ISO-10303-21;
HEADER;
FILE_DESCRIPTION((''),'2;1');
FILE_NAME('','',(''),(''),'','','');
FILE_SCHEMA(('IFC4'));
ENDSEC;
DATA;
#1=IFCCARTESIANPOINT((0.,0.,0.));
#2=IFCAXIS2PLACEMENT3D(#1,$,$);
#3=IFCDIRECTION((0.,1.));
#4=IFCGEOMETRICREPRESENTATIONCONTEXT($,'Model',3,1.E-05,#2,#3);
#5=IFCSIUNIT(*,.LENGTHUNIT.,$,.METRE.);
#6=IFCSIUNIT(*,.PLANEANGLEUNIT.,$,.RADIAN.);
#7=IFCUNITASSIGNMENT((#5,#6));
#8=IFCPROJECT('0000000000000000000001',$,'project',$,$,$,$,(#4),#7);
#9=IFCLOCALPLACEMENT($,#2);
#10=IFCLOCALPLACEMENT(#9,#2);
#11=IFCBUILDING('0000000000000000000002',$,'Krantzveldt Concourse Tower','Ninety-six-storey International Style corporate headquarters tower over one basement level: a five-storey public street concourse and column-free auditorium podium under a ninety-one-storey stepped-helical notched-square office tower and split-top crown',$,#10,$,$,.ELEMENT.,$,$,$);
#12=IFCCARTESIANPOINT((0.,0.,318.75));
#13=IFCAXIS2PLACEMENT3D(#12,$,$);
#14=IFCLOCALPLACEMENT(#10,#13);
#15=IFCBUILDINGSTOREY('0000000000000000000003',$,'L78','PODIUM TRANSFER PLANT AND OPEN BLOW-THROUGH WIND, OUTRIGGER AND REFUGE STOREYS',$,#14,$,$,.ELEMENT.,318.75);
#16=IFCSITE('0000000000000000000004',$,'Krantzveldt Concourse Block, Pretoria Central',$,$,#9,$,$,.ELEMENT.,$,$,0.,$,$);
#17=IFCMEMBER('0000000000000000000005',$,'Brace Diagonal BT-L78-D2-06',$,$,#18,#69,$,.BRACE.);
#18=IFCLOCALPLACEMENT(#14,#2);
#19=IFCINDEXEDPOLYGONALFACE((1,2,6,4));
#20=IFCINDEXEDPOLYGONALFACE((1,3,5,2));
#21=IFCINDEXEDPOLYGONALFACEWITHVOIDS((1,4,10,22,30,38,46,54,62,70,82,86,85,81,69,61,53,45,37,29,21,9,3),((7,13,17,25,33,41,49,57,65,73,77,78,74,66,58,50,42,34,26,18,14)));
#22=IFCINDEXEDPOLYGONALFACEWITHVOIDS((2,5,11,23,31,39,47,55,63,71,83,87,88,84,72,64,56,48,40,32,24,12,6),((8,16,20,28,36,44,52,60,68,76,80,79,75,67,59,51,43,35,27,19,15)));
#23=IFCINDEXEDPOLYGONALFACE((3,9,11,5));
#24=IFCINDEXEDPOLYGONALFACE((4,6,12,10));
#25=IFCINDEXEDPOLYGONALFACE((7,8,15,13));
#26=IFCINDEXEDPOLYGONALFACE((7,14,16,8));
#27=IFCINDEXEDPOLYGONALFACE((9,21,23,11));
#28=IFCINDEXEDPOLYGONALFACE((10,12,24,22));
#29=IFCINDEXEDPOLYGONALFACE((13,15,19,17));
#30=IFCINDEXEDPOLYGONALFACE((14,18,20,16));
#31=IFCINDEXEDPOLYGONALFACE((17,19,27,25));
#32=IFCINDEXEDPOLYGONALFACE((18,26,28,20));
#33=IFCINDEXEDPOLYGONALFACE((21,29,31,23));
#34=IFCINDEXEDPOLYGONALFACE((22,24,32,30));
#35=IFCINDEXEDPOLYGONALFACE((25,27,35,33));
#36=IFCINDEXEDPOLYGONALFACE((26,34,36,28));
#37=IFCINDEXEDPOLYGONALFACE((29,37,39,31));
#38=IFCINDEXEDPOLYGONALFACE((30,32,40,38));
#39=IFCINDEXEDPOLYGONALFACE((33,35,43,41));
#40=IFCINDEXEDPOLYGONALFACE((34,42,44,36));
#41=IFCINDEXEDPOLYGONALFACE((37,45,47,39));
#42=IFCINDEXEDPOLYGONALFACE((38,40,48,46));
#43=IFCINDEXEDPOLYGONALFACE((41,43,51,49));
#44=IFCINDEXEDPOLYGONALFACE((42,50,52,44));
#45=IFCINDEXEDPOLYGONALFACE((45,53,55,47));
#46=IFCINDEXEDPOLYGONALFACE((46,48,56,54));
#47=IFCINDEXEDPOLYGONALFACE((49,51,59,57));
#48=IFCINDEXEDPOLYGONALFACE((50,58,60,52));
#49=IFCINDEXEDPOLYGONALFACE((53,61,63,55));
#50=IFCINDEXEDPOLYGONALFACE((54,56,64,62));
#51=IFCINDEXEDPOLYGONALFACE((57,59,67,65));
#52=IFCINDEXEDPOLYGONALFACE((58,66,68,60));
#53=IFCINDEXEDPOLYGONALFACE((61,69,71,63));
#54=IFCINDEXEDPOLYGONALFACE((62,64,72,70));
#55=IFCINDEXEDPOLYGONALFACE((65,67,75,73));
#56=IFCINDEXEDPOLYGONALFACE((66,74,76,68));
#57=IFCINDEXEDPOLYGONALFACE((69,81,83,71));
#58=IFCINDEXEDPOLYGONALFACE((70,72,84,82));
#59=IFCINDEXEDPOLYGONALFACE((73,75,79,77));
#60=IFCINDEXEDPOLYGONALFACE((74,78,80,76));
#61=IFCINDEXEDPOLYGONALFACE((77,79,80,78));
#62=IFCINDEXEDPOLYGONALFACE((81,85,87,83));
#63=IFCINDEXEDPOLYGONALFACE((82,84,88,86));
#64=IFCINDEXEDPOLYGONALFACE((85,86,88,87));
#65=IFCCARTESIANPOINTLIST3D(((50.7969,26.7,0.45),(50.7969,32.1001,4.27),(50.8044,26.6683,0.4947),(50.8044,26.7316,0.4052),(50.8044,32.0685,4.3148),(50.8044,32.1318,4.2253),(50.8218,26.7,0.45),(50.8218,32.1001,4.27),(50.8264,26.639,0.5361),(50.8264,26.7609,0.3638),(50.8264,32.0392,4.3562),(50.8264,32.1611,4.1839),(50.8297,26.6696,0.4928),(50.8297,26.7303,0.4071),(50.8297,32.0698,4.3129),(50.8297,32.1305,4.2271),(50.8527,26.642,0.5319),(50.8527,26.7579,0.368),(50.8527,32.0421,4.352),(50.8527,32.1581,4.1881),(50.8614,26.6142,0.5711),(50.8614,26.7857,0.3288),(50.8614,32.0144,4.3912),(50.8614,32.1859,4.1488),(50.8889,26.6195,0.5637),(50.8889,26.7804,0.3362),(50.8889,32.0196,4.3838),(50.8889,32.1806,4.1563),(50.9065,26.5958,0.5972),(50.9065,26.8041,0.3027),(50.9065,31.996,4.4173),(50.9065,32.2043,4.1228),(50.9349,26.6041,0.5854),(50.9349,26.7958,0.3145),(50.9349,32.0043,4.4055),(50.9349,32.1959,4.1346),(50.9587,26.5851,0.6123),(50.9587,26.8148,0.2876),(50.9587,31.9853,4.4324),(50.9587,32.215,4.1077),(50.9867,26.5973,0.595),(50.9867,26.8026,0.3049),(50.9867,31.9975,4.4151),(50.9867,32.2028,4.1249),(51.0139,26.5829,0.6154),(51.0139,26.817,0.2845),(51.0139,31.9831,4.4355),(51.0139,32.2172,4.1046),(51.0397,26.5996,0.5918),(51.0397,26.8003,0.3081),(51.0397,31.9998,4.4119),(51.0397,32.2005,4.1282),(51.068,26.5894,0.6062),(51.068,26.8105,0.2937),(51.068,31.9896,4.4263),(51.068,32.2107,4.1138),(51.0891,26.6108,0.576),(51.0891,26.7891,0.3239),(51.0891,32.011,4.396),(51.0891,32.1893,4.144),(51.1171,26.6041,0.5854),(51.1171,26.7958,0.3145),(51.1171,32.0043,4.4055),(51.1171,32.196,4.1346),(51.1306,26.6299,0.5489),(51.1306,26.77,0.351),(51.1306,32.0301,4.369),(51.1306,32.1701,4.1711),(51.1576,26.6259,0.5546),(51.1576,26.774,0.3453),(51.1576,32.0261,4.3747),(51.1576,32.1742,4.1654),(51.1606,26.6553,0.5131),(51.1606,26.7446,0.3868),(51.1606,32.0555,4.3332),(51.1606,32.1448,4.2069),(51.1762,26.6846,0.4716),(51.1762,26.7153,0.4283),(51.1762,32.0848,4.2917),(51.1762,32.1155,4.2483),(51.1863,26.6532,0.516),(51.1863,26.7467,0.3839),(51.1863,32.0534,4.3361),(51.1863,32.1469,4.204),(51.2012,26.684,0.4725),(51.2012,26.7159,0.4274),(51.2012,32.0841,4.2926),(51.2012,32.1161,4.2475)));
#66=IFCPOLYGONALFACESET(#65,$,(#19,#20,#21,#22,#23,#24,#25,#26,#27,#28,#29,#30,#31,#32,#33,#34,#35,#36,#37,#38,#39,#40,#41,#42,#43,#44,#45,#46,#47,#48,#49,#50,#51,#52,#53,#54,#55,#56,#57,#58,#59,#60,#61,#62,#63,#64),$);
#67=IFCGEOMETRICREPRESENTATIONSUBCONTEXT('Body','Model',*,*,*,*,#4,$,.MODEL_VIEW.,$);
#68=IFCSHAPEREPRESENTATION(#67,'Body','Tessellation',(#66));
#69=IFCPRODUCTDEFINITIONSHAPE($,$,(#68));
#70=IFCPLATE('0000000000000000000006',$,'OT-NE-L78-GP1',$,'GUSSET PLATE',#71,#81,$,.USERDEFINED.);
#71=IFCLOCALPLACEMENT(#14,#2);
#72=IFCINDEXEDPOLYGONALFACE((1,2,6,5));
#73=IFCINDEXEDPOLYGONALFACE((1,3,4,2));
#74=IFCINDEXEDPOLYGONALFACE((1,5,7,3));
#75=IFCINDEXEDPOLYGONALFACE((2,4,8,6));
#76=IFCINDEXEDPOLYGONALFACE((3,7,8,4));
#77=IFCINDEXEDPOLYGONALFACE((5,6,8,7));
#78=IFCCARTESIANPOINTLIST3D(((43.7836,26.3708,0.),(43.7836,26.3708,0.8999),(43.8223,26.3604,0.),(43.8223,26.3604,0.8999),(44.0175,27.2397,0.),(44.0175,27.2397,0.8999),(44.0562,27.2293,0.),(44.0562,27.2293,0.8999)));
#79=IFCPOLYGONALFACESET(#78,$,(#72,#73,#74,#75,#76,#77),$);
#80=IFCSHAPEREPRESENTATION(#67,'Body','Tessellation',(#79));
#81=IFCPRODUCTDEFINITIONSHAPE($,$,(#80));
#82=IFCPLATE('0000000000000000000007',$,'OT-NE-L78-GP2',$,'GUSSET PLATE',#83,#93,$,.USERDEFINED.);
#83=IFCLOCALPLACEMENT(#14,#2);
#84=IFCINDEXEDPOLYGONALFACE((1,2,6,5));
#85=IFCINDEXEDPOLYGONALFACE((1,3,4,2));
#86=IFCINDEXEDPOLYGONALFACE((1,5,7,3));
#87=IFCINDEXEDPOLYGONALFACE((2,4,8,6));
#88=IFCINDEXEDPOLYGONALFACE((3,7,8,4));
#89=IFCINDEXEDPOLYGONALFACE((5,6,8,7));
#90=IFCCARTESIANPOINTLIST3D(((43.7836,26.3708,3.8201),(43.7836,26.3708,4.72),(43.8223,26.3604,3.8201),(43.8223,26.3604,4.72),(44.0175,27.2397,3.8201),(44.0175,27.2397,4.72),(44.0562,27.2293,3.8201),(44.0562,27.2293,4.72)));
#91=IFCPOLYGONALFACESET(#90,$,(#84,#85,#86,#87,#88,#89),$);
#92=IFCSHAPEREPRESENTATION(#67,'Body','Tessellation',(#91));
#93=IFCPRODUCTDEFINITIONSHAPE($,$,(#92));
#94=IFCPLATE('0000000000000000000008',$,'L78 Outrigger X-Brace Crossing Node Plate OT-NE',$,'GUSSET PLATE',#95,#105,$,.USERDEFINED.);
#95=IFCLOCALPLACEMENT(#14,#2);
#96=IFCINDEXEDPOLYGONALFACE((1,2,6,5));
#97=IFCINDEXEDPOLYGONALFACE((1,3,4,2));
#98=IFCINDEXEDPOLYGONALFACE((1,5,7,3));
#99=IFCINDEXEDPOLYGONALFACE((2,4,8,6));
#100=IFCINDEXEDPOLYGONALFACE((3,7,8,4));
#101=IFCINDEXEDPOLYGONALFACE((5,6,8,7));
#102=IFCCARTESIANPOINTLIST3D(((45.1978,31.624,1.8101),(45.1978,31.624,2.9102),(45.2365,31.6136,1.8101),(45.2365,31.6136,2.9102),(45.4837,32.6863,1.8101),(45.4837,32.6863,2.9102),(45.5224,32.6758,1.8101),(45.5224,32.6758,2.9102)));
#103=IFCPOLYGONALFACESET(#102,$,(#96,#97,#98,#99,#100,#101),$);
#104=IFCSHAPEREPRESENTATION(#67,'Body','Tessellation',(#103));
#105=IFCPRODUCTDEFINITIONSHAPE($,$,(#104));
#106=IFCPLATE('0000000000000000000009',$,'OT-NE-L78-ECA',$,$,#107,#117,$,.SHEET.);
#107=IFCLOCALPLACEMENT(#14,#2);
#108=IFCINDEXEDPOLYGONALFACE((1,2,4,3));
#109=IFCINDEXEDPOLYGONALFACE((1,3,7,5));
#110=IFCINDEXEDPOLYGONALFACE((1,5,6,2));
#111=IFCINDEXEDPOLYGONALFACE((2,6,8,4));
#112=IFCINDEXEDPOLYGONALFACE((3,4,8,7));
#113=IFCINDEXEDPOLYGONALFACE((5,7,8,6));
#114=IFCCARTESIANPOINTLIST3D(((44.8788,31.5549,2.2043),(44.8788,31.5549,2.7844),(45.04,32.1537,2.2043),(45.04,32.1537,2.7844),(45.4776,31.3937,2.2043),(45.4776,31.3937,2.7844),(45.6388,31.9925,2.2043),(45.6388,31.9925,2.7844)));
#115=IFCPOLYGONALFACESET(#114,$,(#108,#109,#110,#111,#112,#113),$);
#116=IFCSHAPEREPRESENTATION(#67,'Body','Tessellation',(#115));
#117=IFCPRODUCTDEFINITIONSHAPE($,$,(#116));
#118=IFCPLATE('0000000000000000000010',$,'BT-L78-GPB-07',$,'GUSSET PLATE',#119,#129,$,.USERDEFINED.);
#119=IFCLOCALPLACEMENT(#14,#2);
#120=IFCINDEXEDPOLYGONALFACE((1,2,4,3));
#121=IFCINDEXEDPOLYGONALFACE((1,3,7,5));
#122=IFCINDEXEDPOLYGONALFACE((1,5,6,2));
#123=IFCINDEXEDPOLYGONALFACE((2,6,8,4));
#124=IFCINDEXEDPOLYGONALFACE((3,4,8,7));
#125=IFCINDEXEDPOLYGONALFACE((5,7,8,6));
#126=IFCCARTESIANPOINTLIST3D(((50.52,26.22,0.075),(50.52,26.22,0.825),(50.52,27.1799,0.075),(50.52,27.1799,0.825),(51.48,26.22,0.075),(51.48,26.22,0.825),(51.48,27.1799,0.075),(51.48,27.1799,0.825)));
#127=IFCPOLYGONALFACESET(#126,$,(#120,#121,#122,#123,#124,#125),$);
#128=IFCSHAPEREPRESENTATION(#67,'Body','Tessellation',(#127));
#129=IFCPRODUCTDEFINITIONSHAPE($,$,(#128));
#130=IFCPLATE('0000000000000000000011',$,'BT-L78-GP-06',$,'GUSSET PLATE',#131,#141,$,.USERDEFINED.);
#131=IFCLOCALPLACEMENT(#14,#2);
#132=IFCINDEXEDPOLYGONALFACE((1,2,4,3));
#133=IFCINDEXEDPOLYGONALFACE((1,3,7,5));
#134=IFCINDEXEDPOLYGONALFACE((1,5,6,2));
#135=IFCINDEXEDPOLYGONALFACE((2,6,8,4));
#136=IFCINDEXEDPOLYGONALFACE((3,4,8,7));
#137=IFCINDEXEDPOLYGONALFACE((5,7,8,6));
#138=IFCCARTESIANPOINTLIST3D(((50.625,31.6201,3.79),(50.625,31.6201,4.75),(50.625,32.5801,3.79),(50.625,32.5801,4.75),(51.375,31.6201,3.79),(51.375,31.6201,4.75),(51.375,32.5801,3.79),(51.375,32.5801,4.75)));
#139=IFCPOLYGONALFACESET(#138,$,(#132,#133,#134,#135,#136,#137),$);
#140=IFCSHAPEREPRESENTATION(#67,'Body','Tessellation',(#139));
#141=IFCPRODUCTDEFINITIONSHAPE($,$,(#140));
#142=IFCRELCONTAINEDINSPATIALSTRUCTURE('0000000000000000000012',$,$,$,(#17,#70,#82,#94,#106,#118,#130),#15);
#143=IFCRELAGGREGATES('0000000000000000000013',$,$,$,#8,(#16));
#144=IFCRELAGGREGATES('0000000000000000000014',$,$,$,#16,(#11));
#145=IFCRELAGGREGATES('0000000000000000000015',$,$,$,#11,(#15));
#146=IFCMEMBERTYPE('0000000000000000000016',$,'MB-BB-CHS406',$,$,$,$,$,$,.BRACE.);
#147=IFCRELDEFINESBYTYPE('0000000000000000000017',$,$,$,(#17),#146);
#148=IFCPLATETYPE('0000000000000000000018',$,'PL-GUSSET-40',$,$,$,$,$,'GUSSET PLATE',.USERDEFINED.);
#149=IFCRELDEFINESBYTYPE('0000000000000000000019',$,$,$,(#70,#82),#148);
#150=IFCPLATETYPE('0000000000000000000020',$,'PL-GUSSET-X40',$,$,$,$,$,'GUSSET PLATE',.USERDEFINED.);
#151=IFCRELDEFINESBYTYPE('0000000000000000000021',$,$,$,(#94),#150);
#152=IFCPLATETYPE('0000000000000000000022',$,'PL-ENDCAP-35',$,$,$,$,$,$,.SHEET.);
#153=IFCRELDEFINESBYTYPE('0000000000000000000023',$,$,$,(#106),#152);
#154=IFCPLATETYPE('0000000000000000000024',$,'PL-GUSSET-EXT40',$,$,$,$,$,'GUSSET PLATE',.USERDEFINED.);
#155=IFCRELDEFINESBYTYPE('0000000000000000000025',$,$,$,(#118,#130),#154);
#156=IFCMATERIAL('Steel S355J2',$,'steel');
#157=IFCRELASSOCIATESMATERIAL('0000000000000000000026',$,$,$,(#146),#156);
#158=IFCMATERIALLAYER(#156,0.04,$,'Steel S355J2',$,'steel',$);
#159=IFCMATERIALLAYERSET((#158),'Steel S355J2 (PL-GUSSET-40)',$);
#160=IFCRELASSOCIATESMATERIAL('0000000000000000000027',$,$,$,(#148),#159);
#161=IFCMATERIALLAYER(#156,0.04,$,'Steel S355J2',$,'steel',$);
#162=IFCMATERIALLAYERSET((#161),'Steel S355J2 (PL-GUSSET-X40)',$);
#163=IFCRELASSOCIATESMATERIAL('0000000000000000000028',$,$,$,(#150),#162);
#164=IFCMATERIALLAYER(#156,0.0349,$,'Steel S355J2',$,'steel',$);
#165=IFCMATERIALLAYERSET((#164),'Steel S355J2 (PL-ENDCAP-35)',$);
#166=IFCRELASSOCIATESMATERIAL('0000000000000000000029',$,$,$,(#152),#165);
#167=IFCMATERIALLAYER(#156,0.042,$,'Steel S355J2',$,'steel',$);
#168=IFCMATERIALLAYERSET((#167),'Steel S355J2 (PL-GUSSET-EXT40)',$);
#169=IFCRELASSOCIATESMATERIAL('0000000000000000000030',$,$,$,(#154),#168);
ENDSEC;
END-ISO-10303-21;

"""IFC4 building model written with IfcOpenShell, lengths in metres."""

from ifc_helpers import new_model, si_unit, direction, frame, origin, origin_2d, place, context, subcontext, project, spatial, rectangle, hollow_circle, extrude, source, transform, mapped, material, layer, layer_set, material_profile, profile_set, type_object, type_shapes, element, save


model = new_model("IFC4")

# Units and contexts
model_context = context("Model", 3, precision=1e-05, world=origin(), true_north=direction((0.0, 1.0)))
body_context = subcontext(model_context, "Body", "Model", "MODEL_VIEW")
ifc_project = project(units=[si_unit("LENGTHUNIT", "METRE"), si_unit("PLANEANGLEUNIT", "RADIAN")], contexts=[model_context])

# Site, building, storey
site_placement = place(None, origin())
site = spatial("IfcSite", under=ifc_project, at=site_placement, Name="Krantzveldt Concourse Block, Pretoria Central", CompositionType="ELEMENT", RefElevation=0.0)
building_placement = place(site_placement, origin())
building = spatial("IfcBuilding", under=site, at=building_placement, Name="Krantzveldt Concourse Tower", Description="Ninety-six-storey International Style corporate headquarters tower over one basement level: a five-storey public street concourse and column-free auditorium podium under a ninety-one-storey stepped-helical notched-square office tower and split-top crown", CompositionType="ELEMENT")
storey_placement = place(building_placement, frame((0.0, 0.0, 318.75)))
storey = spatial("IfcBuildingStorey", under=building, at=storey_placement, Name="L78", Description="PODIUM TRANSFER PLANT AND OPEN BLOW-THROUGH WIND, OUTRIGGER AND REFUGE STOREYS", CompositionType="ELEMENT", Elevation=318.75)

# Shared definitions
ifc_material_1 = material(Name="Steel S355J2", Category="steel")

# Member
ifc_material_profile_1 = material_profile(ifc_material_1, hollow_circle(Radius=0.2031, WallThickness=0.0249, at=origin_2d()), Name="Steel S355J2", Category="steel")
ifc_profile_set_1 = profile_set([ifc_material_profile_1], Name="Steel S355J2 - CHS 406.4x25")
member_type_1 = type_object("IfcMemberType", Name="MB-BB-CHS406", PredefinedType="BRACE", material=ifc_profile_set_1)
shared_shape_1 = source(origin(), body_context, "Body", "SweptSolid", [
    extrude(hollow_circle(Radius=0.2031, WallThickness=0.0249, at=origin_2d()), origin(), (0.0, 0.0, 1.0), 6.6147),
])
type_shapes(member_type_1, [shared_shape_1])
member_1_placement = place(storey_placement, frame((51.0, 26.7, 0.45), z_axis=(0.0, 0.816383, 0.57751), x_axis=(-1.0, 0.0, 0.0)))
element("IfcMember", 1, at=member_1_placement, inside=storey, type_object=member_type_1, Name="Brace Diagonal BT-L78-D2-06", PredefinedType="BRACE", context=body_context, shape_type="MappedRepresentation", body=[
    mapped(shared_shape_1, transform((0.0, 0.0, 0.0), x_axis=(1.0, 0.0, 0.0), y_axis=(0.0, 1.0, 0.0), z_axis=(0.0, 0.0, 1.0), scale=1.0)),
])

# Plates
ifc_layer_1 = layer(ifc_material_1, 0.04, Name="Steel S355J2", Category="steel")
ifc_layer_set_1 = layer_set([ifc_layer_1], Name="Steel S355J2 (PL-GUSSET-40)")
plate_type_1 = type_object("IfcPlateType", Name="PL-GUSSET-40", ElementType="GUSSET PLATE", PredefinedType="USERDEFINED", material=ifc_layer_set_1)
shared_shape_2 = source(origin(), body_context, "Body", "SweptSolid", [
    extrude(rectangle(XDim=0.8999, YDim=0.04, at=origin_2d()), origin(), (0.0, 0.0, 1.0), 0.8999),
])
type_shapes(plate_type_1, [shared_shape_2])
for number, where, z_axis, x_axis, name in (
    (2, (43.9199, 26.8, 0.0), (0.0, 0.0, 1.0), (0.259915, 0.965632, 0.0), "OT-NE-L78-GP1"),
    (3, (43.9199, 26.8, 3.8201), (0.0, 0.0, 1.0), (0.259915, 0.965632, 0.0), "OT-NE-L78-GP2"),
):
    element("IfcPlate", number, at=place(storey_placement, frame(where, z_axis=z_axis, x_axis=x_axis)), inside=storey, type_object=plate_type_1, Name=name, ObjectType="GUSSET PLATE", PredefinedType="USERDEFINED", context=body_context, shape_type="MappedRepresentation", body=[
        mapped(shared_shape_2, transform((0.0, 0.0, 0.0), x_axis=(1.0, 0.0, 0.0), y_axis=(0.0, 1.0, 0.0), z_axis=(0.0, 0.0, 1.0), scale=1.0)),
    ])
ifc_layer_2 = layer(ifc_material_1, 0.04, Name="Steel S355J2", Category="steel")
ifc_layer_set_2 = layer_set([ifc_layer_2], Name="Steel S355J2 (PL-GUSSET-X40)")
plate_type_2 = type_object("IfcPlateType", Name="PL-GUSSET-X40", ElementType="GUSSET PLATE", PredefinedType="USERDEFINED", material=ifc_layer_set_2)
shared_shape_3 = source(origin(), body_context, "Body", "SweptSolid", [
    extrude(rectangle(XDim=1.1001, YDim=0.04, at=origin_2d()), origin(), (0.0, 0.0, 1.0), 1.1001),
])
type_shapes(plate_type_2, [shared_shape_3])
plate_1_placement = place(storey_placement, frame((45.3601, 32.1499, 1.8101), z_axis=(0.0, 0.0, 1.0), x_axis=(0.259915, 0.965632, 0.0)))
element("IfcPlate", 4, at=plate_1_placement, inside=storey, type_object=plate_type_2, Name="L78 Outrigger X-Brace Crossing Node Plate OT-NE", ObjectType="GUSSET PLATE", PredefinedType="USERDEFINED", context=body_context, shape_type="MappedRepresentation", body=[
    mapped(shared_shape_3, transform((0.0, 0.0, 0.0), x_axis=(1.0, 0.0, 0.0), y_axis=(0.0, 1.0, 0.0), z_axis=(0.0, 0.0, 1.0), scale=1.0)),
])
ifc_layer_3 = layer(ifc_material_1, 0.0349, Name="Steel S355J2", Category="steel")
ifc_layer_set_3 = layer_set([ifc_layer_3], Name="Steel S355J2 (PL-ENDCAP-35)")
plate_type_3 = type_object("IfcPlateType", Name="PL-ENDCAP-35", PredefinedType="SHEET", material=ifc_layer_set_3)
shared_shape_4 = source(origin(), body_context, "Body", "SweptSolid", [
    extrude(rectangle(XDim=0.6201, YDim=0.6201, at=origin_2d()), origin(), (0.0, 0.0, 1.0), 0.5801),
])
type_shapes(plate_type_3, [shared_shape_4])
plate_2_placement = place(storey_placement, frame((45.2588, 31.7737, 2.2043), z_axis=(0.0, 0.0, 1.0), x_axis=(0.259915, 0.965632, 0.0)))
element("IfcPlate", 5, at=plate_2_placement, inside=storey, type_object=plate_type_3, Name="OT-NE-L78-ECA", PredefinedType="SHEET", context=body_context, shape_type="MappedRepresentation", body=[
    mapped(shared_shape_4, transform((0.0, 0.0, 0.0), x_axis=(1.0, 0.0, 0.0), y_axis=(0.0, 1.0, 0.0), z_axis=(0.0, 0.0, 1.0), scale=1.0)),
])
ifc_layer_4 = layer(ifc_material_1, 0.042, Name="Steel S355J2", Category="steel")
ifc_layer_set_4 = layer_set([ifc_layer_4], Name="Steel S355J2 (PL-GUSSET-EXT40)")
plate_type_4 = type_object("IfcPlateType", Name="PL-GUSSET-EXT40", ElementType="GUSSET PLATE", PredefinedType="USERDEFINED", material=ifc_layer_set_4)
shared_shape_5 = source(origin(), body_context, "Body", "SweptSolid", [
    extrude(rectangle(XDim=0.96, YDim=0.96, at=origin_2d()), origin(), (0.0, 0.0, 1.0), 0.75),
])
plate_3_placement = place(storey_placement, frame((51.0, 26.7, 0.075), z_axis=(0.0, 0.0, 1.0), x_axis=(1.0, 0.0, 0.0)))
element("IfcPlate", 6, at=plate_3_placement, inside=storey, type_object=plate_type_4, Name="BT-L78-GPB-07", ObjectType="GUSSET PLATE", PredefinedType="USERDEFINED", context=body_context, shape_type="MappedRepresentation", body=[
    mapped(shared_shape_5, transform((0.0, 0.0, 0.0), x_axis=(1.0, 0.0, 0.0), y_axis=(0.0, 1.0, 0.0), z_axis=(0.0, 0.0, 1.0), scale=1.0)),
])
shared_shape_6 = source(origin(), body_context, "Body", "SweptSolid", [
    extrude(rectangle(XDim=0.96, YDim=0.75, at=origin_2d()), origin(), (0.0, 0.0, 1.0), 0.96),
])
type_shapes(plate_type_4, [shared_shape_5, shared_shape_6])
plate_4_placement = place(storey_placement, frame((51.0, 32.1001, 3.79), z_axis=(0.0, 0.0, 1.0), x_axis=(0.0, 1.0, 0.0)))
element("IfcPlate", 7, at=plate_4_placement, inside=storey, type_object=plate_type_4, Name="BT-L78-GP-06", ObjectType="GUSSET PLATE", PredefinedType="USERDEFINED", context=body_context, shape_type="MappedRepresentation", body=[
    mapped(shared_shape_6, transform((0.0, 0.0, 0.0), x_axis=(1.0, 0.0, 0.0), y_axis=(0.0, 1.0, 0.0), z_axis=(0.0, 0.0, 1.0), scale=1.0)),
])

save(model, "model.ifc")
